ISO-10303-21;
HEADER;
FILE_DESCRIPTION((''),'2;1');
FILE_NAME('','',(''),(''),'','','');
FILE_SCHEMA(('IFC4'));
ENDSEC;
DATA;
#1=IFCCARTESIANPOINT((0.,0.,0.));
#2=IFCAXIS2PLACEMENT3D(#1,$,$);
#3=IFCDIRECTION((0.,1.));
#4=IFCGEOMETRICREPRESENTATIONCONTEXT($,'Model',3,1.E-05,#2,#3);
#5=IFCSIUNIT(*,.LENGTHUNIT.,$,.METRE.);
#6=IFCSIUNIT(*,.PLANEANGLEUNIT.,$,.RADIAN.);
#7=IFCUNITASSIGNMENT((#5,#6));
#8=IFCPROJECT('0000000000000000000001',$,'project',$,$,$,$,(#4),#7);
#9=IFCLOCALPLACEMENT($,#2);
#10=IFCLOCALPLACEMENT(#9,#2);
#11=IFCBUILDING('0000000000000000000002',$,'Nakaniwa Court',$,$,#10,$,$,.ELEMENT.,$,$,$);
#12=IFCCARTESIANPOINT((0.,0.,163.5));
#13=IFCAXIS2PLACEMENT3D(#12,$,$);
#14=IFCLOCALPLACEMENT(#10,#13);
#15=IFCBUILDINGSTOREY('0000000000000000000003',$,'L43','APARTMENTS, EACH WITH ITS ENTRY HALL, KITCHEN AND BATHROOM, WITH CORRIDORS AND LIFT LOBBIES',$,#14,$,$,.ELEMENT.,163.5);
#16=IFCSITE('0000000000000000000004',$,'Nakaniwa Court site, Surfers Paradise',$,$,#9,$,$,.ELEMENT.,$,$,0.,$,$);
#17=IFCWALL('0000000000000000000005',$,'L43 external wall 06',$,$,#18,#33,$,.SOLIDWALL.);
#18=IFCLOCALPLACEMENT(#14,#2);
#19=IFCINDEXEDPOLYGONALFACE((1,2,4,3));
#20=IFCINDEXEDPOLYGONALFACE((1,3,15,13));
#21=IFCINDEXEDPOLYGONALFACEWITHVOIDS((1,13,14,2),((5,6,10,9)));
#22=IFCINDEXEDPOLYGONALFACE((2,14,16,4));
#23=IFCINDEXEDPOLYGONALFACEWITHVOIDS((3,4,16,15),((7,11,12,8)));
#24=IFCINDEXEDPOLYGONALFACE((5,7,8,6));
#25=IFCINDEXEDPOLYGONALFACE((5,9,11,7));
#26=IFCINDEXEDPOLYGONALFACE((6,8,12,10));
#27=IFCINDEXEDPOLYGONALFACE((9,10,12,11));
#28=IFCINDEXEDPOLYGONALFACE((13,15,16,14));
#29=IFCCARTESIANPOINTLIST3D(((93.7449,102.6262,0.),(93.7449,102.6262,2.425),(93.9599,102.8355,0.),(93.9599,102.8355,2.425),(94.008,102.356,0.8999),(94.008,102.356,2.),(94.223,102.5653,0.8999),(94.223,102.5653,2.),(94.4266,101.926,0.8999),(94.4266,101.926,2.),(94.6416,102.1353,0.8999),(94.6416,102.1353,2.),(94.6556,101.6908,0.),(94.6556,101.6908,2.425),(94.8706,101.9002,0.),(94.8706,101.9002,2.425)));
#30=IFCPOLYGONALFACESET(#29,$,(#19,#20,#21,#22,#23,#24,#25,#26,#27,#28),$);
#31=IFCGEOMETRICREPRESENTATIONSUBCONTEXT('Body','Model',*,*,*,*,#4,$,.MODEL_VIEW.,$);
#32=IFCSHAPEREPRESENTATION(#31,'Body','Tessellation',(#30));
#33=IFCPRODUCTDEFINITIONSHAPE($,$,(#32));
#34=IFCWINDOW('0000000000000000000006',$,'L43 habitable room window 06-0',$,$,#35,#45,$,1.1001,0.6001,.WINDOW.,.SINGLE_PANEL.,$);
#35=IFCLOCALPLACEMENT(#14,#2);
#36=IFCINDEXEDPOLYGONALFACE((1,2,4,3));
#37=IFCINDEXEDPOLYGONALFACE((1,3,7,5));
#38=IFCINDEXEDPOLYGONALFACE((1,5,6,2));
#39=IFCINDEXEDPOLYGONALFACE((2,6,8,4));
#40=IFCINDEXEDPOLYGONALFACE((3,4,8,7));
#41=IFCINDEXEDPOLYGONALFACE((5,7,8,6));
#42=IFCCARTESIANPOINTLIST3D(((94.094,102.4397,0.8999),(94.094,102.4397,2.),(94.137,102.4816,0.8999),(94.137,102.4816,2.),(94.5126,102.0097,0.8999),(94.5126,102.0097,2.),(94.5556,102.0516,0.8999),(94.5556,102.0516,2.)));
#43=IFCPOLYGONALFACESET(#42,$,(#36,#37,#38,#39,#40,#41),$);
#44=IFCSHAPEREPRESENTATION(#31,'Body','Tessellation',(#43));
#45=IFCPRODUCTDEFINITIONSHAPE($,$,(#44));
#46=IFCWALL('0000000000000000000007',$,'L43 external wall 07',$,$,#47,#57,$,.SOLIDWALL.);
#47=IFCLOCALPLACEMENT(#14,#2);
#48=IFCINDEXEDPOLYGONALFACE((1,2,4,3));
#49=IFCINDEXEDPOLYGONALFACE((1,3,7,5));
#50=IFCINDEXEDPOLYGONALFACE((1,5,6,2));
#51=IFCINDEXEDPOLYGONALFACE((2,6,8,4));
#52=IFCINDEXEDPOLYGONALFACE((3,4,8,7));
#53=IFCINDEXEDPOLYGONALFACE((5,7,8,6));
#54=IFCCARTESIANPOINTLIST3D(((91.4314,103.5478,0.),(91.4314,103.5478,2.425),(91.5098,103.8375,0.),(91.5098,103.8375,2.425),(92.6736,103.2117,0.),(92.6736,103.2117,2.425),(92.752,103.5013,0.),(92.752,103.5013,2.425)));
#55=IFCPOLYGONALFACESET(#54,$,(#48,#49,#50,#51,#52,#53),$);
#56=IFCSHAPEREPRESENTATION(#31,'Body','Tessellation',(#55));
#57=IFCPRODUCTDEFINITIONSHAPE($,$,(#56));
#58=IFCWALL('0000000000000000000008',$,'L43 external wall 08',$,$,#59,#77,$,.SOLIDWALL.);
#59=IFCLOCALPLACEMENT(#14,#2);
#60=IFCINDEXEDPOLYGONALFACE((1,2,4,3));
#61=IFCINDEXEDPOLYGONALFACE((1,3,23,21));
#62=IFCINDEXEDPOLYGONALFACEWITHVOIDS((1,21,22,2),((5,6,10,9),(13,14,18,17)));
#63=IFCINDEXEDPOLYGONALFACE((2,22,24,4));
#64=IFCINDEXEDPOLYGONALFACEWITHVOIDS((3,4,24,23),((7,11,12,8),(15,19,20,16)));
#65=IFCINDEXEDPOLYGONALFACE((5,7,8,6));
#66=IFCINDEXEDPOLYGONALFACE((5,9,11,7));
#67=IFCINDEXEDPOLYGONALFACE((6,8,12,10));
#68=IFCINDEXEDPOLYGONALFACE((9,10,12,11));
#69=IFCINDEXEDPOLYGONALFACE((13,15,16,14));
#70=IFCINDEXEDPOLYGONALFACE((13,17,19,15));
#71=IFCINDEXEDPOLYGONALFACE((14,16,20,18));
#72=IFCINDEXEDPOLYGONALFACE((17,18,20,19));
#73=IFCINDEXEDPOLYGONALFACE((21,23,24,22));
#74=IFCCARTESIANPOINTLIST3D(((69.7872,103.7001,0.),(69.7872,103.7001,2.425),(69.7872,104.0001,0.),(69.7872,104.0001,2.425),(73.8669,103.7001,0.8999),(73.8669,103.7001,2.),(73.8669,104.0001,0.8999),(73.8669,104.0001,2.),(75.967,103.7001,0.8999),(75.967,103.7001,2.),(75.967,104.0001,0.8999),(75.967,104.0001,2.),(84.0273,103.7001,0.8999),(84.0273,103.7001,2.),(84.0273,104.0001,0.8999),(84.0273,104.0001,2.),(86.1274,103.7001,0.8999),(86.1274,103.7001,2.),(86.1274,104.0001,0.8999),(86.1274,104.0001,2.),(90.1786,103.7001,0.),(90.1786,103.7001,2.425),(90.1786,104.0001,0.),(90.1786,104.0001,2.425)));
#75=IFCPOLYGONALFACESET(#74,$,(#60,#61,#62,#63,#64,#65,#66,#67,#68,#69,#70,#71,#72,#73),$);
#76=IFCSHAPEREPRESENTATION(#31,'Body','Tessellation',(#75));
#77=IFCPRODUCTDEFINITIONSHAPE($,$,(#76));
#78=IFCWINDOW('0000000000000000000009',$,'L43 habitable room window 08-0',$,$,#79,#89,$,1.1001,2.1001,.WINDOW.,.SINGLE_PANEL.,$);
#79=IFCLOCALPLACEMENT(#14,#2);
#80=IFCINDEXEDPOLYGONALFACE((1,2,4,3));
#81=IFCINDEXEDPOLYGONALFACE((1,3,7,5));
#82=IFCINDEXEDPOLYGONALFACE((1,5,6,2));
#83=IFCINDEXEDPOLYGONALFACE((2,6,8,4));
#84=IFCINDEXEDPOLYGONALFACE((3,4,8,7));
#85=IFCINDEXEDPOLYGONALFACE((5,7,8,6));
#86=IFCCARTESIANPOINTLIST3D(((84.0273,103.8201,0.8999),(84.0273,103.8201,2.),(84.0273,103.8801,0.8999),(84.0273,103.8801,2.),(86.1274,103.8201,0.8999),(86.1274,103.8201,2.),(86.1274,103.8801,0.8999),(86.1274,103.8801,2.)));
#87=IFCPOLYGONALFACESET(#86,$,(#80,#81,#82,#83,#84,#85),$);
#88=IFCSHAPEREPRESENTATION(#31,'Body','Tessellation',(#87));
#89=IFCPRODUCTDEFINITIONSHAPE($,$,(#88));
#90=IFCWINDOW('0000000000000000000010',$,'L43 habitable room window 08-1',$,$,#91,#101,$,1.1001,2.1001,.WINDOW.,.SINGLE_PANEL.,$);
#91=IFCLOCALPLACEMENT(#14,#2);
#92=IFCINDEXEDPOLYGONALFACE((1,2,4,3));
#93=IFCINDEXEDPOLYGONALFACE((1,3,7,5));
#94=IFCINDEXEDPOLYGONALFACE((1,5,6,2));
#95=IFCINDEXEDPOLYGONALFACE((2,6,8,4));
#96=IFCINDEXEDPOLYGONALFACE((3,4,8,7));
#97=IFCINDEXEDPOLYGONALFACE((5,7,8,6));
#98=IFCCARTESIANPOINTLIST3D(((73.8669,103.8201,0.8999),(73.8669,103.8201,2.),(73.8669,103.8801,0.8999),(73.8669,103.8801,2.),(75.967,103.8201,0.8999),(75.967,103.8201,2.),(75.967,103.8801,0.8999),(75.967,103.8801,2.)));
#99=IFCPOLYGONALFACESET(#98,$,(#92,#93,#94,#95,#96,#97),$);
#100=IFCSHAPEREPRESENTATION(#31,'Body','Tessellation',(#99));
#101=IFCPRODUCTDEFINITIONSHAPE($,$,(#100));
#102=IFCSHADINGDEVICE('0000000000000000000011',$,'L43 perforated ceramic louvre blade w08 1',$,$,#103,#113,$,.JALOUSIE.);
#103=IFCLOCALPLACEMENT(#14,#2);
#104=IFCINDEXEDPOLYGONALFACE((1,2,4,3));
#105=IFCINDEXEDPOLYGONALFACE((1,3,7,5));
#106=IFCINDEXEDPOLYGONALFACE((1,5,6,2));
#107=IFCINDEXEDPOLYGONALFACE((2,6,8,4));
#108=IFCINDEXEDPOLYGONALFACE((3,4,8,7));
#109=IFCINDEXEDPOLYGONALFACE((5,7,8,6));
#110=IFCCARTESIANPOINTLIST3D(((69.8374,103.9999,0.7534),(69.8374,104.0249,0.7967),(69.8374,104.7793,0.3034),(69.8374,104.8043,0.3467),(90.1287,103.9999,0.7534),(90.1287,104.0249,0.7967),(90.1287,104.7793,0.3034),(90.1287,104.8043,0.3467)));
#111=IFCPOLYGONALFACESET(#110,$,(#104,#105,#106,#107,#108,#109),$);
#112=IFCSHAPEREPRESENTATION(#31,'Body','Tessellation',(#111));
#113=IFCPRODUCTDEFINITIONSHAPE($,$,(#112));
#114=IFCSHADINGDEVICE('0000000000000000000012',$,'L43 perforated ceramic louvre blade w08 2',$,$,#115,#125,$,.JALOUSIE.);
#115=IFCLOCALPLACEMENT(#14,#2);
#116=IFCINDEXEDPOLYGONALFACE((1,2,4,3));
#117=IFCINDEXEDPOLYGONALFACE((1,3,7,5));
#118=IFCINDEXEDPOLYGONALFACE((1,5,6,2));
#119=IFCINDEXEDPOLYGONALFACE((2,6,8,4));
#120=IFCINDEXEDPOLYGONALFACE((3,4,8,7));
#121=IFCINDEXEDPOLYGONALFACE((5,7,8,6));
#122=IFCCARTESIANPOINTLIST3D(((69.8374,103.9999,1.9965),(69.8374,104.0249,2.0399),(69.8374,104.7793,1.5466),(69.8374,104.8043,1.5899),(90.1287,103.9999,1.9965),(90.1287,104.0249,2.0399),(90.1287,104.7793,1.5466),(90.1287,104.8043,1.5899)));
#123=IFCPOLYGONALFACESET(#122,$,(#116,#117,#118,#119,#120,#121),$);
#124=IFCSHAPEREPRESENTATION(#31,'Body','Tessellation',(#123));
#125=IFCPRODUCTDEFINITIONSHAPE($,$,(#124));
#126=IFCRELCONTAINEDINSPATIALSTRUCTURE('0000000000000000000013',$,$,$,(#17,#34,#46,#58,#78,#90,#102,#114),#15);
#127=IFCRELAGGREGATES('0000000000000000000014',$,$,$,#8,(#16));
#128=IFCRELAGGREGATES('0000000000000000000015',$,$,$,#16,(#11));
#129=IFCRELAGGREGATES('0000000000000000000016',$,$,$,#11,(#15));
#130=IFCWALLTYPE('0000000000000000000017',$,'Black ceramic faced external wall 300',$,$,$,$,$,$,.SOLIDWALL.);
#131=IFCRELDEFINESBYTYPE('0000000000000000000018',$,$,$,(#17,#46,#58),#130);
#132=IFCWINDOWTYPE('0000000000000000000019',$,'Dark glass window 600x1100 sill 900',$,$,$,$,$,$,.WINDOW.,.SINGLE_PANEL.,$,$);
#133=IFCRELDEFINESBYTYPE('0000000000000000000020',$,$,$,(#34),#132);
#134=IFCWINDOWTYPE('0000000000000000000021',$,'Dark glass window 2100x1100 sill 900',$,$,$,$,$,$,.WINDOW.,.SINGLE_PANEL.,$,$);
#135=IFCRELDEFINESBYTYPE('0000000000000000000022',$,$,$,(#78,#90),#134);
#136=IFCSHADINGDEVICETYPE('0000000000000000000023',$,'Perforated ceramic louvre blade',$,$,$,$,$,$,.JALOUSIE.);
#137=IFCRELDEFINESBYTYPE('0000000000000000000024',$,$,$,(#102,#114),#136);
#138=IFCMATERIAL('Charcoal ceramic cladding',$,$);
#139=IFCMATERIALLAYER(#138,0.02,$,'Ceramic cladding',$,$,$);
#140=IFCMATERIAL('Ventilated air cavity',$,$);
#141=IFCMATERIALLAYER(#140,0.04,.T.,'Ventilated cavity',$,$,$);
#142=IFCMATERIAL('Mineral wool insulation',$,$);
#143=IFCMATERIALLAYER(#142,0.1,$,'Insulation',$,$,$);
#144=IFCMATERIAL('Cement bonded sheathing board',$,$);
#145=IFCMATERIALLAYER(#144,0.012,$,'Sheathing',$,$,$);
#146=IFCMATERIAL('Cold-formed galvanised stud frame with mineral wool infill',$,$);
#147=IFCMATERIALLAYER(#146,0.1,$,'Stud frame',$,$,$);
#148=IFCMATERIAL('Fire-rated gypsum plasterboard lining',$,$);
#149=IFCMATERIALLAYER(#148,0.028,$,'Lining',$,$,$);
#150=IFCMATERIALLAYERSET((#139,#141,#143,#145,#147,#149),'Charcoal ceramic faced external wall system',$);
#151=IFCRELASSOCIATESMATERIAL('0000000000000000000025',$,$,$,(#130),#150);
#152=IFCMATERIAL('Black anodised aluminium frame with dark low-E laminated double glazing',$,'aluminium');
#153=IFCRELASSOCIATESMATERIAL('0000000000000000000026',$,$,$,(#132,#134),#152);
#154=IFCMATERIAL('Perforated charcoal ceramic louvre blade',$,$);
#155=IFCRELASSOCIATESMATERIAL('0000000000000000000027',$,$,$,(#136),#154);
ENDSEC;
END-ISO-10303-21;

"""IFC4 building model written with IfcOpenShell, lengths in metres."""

from ifc_helpers import new_model, si_unit, direction, frame, frame_2d, origin, origin_2d, place, context, subcontext, project, spatial, rectangle, extrude, material, layer, layer_set, material_profile, profile_set, type_object, element, fill, save


model = new_model("IFC4")

# Units and contexts
model_context = context("Model", 3, precision=1e-05, world=origin(), true_north=direction((0.0, 1.0)))
body_context = subcontext(model_context, "Body", "Model", "MODEL_VIEW")
ifc_project = project(units=[si_unit("LENGTHUNIT", "METRE"), si_unit("PLANEANGLEUNIT", "RADIAN")], contexts=[model_context])

# Site, building, storey
site_placement = place(None, origin())
site = spatial("IfcSite", under=ifc_project, at=site_placement, Name="Nakaniwa Court site, Surfers Paradise", CompositionType="ELEMENT", RefElevation=0.0)
building_placement = place(site_placement, origin())
building = spatial("IfcBuilding", under=site, at=building_placement, Name="Nakaniwa Court", CompositionType="ELEMENT")
storey_placement = place(building_placement, frame((0.0, 0.0, 163.5)))
storey = spatial("IfcBuildingStorey", under=building, at=storey_placement, Name="L43", Description="APARTMENTS, EACH WITH ITS ENTRY HALL, KITCHEN AND BATHROOM, WITH CORRIDORS AND LIFT LOBBIES", CompositionType="ELEMENT", Elevation=163.5)

# Wall, opening, window
ifc_material_1 = material(Name="Charcoal ceramic cladding")
ifc_layer_1 = layer(ifc_material_1, 0.02, Name="Ceramic cladding")
ifc_material_2 = material(Name="Ventilated air cavity")
ifc_layer_2 = layer(ifc_material_2, 0.04, ventilated=True, Name="Ventilated cavity")
ifc_material_3 = material(Name="Mineral wool insulation")
ifc_layer_3 = layer(ifc_material_3, 0.1, Name="Insulation")
ifc_material_4 = material(Name="Cement bonded sheathing board")
ifc_layer_4 = layer(ifc_material_4, 0.012, Name="Sheathing")
ifc_material_5 = material(Name="Cold-formed galvanised stud frame with mineral wool infill")
ifc_layer_5 = layer(ifc_material_5, 0.1, Name="Stud frame")
ifc_material_6 = material(Name="Fire-rated gypsum plasterboard lining")
ifc_layer_6 = layer(ifc_material_6, 0.028, Name="Lining")
ifc_layer_set_1 = layer_set([ifc_layer_1, ifc_layer_2, ifc_layer_3, ifc_layer_4, ifc_layer_5, ifc_layer_6], Name="Charcoal ceramic faced external wall system")
wall_type_1 = type_object("IfcWallType", Name="Black ceramic faced external wall 300", PredefinedType="SOLIDWALL", material=ifc_layer_set_1)
wall_1_placement = place(storey_placement, frame((94.7632, 101.7954, 0.0), z_axis=(0.0, 0.0, 1.0), x_axis=(-0.697599, 0.716488, 0.0)))
wall_1 = element("IfcWall", 1, at=wall_1_placement, inside=storey, type_object=wall_type_1, Name="L43 external wall 06", PredefinedType="SOLIDWALL", context=body_context, shape_type="SweptSolid", body=[
    extrude(rectangle(XDim=1.3054, YDim=0.3, at=frame_2d((0.6528, 0.0))), origin(), (0.0, 0.0, 1.0), 2.425),
])
opening_1_placement = place(wall_1_placement, frame((0.3284, 0.0, 0.8999)))
opening_1 = element("IfcOpeningElement", 2, at=opening_1_placement, cuts=wall_1, PredefinedType="OPENING", context=body_context, shape_type="SweptSolid", body=[
    extrude(rectangle(XDim=0.6001, YDim=1.1001, at=frame_2d((0.3, 0.55))), frame((0.0, 0.1599, 0.0), z_axis=(0.0, -1.0, 0.0), x_axis=(1.0, 0.0, 0.0)), (0.0, 0.0, 1.0), 0.3201),
])
ifc_material_7 = material(Name="Black anodised aluminium frame with dark low-E laminated double glazing", Category="aluminium")
window_type_1 = type_object("IfcWindowType", Name="Dark glass window 600x1100 sill 900", PartitioningType="SINGLE_PANEL", PredefinedType="WINDOW", material=ifc_material_7)
window_1_placement = place(opening_1_placement, origin())
window_1 = element("IfcWindow", 3, at=window_1_placement, inside=storey, type_object=window_type_1, Name="L43 habitable room window 06-0", OverallHeight=1.1001, OverallWidth=0.6001, PartitioningType="SINGLE_PANEL", PredefinedType="WINDOW", context=body_context, shape_type="SweptSolid", body=[
    extrude(rectangle(XDim=0.6001, YDim=1.1001, at=frame_2d((0.3, 0.55))), frame((0.0, 0.03, 0.0), z_axis=(0.0, -1.0, 0.0), x_axis=(1.0, 0.0, 0.0)), (0.0, 0.0, 1.0), 0.0601),
])
fill(opening_1, window_1)

# Wall
wall_2_placement = place(storey_placement, frame((92.7129, 103.3564, 0.0), z_axis=(0.0, 0.0, 1.0), x_axis=(-0.965274, 0.261239, 0.0)))
element("IfcWall", 4, at=wall_2_placement, inside=storey, type_object=wall_type_1, Name="L43 external wall 07", PredefinedType="SOLIDWALL", context=body_context, shape_type="SweptSolid", body=[
    extrude(rectangle(XDim=1.2869, YDim=0.3, at=frame_2d((0.6436, 0.0))), origin(), (0.0, 0.0, 1.0), 2.425),
])

# Wall, openings, windows
wall_3_placement = place(storey_placement, frame((90.1787, 103.8501, 0.0), z_axis=(0.0, 0.0, 1.0), x_axis=(-1.0, 0.0, 0.0)))
wall_3 = element("IfcWall", 5, at=wall_3_placement, inside=storey, type_object=wall_type_1, Name="L43 external wall 08", PredefinedType="SOLIDWALL", context=body_context, shape_type="SweptSolid", body=[
    extrude(rectangle(XDim=20.3914, YDim=0.3, at=frame_2d((10.1958, 0.0))), origin(), (0.0, 0.0, 1.0), 2.425),
])
opening_2_placement = place(wall_3_placement, frame((4.0513, 0.0, 0.8999)))
opening_2 = element("IfcOpeningElement", 6, at=opening_2_placement, cuts=wall_3, PredefinedType="OPENING", context=body_context, shape_type="SweptSolid", body=[
    extrude(rectangle(XDim=2.1001, YDim=1.1001, at=frame_2d((1.05, 0.55))), frame((0.0, 0.1599, 0.0), z_axis=(0.0, -1.0, 0.0), x_axis=(1.0, 0.0, 0.0)), (0.0, 0.0, 1.0), 0.3201),
])
opening_3_placement = place(wall_3_placement, frame((14.2117, 0.0, 0.8999)))
opening_3 = element("IfcOpeningElement", 7, at=opening_3_placement, cuts=wall_3, PredefinedType="OPENING", context=body_context, shape_type="SweptSolid", body=[
    extrude(rectangle(XDim=2.1001, YDim=1.1001, at=frame_2d((1.05, 0.55))), frame((0.0, 0.1599, 0.0), z_axis=(0.0, -1.0, 0.0), x_axis=(1.0, 0.0, 0.0)), (0.0, 0.0, 1.0), 0.3201),
])
window_type_2 = type_object("IfcWindowType", Name="Dark glass window 2100x1100 sill 900", PartitioningType="SINGLE_PANEL", PredefinedType="WINDOW", material=ifc_material_7)
window_2_placement = place(opening_2_placement, origin())
window_2 = element("IfcWindow", 8, at=window_2_placement, inside=storey, type_object=window_type_2, Name="L43 habitable room window 08-0", OverallHeight=1.1001, OverallWidth=2.1001, PartitioningType="SINGLE_PANEL", PredefinedType="WINDOW", context=body_context, shape_type="SweptSolid", body=[
    extrude(rectangle(XDim=2.1001, YDim=1.1001, at=frame_2d((1.05, 0.55))), frame((0.0, 0.03, 0.0), z_axis=(0.0, -1.0, 0.0), x_axis=(1.0, 0.0, 0.0)), (0.0, 0.0, 1.0), 0.0601),
])
fill(opening_2, window_2)
window_3_placement = place(opening_3_placement, origin())
window_3 = element("IfcWindow", 9, at=window_3_placement, inside=storey, type_object=window_type_2, Name="L43 habitable room window 08-1", OverallHeight=1.1001, OverallWidth=2.1001, PartitioningType="SINGLE_PANEL", PredefinedType="WINDOW", context=body_context, shape_type="SweptSolid", body=[
    extrude(rectangle(XDim=2.1001, YDim=1.1001, at=frame_2d((1.05, 0.55))), frame((0.0, 0.03, 0.0), z_axis=(0.0, -1.0, 0.0), x_axis=(1.0, 0.0, 0.0)), (0.0, 0.0, 1.0), 0.0601),
])
fill(opening_3, window_3)

# Shading devices
ifc_material_8 = material(Name="Perforated charcoal ceramic louvre blade")
ifc_material_profile_1 = material_profile(ifc_material_8, rectangle(XDim=0.8999, YDim=0.05, at=origin_2d()), Name="Perforated ceramic louvre blade")
ifc_profile_set_1 = profile_set([ifc_material_profile_1], Name="Perforated charcoal ceramic louvre blade")
shading_device_type = type_object("IfcShadingDeviceType", Name="Perforated ceramic louvre blade", PredefinedType="JALOUSIE", material=ifc_profile_set_1)
for number, where, z_axis, x_axis, name in (
    (10, (90.1287, 104.4021, 0.55), (-1.0, 0.0, 0.0), (0.0, -0.866025, 0.5), "L43 perforated ceramic louvre blade w08 1"),
    (11, (90.1287, 104.4021, 1.7932), (-1.0, 0.0, 0.0), (0.0, -0.866025, 0.5), "L43 perforated ceramic louvre blade w08 2"),
):
    element("IfcShadingDevice", number, at=place(storey_placement, frame(where, z_axis=z_axis, x_axis=x_axis)), inside=storey, type_object=shading_device_type, Name=name, PredefinedType="JALOUSIE", context=body_context, shape_type="SweptSolid", body=[
        extrude(rectangle(XDim=0.8999, YDim=0.05, at=origin_2d()), origin(), (0.0, 0.0, 1.0), 20.2913),
    ])

save(model, "model.ifc")
